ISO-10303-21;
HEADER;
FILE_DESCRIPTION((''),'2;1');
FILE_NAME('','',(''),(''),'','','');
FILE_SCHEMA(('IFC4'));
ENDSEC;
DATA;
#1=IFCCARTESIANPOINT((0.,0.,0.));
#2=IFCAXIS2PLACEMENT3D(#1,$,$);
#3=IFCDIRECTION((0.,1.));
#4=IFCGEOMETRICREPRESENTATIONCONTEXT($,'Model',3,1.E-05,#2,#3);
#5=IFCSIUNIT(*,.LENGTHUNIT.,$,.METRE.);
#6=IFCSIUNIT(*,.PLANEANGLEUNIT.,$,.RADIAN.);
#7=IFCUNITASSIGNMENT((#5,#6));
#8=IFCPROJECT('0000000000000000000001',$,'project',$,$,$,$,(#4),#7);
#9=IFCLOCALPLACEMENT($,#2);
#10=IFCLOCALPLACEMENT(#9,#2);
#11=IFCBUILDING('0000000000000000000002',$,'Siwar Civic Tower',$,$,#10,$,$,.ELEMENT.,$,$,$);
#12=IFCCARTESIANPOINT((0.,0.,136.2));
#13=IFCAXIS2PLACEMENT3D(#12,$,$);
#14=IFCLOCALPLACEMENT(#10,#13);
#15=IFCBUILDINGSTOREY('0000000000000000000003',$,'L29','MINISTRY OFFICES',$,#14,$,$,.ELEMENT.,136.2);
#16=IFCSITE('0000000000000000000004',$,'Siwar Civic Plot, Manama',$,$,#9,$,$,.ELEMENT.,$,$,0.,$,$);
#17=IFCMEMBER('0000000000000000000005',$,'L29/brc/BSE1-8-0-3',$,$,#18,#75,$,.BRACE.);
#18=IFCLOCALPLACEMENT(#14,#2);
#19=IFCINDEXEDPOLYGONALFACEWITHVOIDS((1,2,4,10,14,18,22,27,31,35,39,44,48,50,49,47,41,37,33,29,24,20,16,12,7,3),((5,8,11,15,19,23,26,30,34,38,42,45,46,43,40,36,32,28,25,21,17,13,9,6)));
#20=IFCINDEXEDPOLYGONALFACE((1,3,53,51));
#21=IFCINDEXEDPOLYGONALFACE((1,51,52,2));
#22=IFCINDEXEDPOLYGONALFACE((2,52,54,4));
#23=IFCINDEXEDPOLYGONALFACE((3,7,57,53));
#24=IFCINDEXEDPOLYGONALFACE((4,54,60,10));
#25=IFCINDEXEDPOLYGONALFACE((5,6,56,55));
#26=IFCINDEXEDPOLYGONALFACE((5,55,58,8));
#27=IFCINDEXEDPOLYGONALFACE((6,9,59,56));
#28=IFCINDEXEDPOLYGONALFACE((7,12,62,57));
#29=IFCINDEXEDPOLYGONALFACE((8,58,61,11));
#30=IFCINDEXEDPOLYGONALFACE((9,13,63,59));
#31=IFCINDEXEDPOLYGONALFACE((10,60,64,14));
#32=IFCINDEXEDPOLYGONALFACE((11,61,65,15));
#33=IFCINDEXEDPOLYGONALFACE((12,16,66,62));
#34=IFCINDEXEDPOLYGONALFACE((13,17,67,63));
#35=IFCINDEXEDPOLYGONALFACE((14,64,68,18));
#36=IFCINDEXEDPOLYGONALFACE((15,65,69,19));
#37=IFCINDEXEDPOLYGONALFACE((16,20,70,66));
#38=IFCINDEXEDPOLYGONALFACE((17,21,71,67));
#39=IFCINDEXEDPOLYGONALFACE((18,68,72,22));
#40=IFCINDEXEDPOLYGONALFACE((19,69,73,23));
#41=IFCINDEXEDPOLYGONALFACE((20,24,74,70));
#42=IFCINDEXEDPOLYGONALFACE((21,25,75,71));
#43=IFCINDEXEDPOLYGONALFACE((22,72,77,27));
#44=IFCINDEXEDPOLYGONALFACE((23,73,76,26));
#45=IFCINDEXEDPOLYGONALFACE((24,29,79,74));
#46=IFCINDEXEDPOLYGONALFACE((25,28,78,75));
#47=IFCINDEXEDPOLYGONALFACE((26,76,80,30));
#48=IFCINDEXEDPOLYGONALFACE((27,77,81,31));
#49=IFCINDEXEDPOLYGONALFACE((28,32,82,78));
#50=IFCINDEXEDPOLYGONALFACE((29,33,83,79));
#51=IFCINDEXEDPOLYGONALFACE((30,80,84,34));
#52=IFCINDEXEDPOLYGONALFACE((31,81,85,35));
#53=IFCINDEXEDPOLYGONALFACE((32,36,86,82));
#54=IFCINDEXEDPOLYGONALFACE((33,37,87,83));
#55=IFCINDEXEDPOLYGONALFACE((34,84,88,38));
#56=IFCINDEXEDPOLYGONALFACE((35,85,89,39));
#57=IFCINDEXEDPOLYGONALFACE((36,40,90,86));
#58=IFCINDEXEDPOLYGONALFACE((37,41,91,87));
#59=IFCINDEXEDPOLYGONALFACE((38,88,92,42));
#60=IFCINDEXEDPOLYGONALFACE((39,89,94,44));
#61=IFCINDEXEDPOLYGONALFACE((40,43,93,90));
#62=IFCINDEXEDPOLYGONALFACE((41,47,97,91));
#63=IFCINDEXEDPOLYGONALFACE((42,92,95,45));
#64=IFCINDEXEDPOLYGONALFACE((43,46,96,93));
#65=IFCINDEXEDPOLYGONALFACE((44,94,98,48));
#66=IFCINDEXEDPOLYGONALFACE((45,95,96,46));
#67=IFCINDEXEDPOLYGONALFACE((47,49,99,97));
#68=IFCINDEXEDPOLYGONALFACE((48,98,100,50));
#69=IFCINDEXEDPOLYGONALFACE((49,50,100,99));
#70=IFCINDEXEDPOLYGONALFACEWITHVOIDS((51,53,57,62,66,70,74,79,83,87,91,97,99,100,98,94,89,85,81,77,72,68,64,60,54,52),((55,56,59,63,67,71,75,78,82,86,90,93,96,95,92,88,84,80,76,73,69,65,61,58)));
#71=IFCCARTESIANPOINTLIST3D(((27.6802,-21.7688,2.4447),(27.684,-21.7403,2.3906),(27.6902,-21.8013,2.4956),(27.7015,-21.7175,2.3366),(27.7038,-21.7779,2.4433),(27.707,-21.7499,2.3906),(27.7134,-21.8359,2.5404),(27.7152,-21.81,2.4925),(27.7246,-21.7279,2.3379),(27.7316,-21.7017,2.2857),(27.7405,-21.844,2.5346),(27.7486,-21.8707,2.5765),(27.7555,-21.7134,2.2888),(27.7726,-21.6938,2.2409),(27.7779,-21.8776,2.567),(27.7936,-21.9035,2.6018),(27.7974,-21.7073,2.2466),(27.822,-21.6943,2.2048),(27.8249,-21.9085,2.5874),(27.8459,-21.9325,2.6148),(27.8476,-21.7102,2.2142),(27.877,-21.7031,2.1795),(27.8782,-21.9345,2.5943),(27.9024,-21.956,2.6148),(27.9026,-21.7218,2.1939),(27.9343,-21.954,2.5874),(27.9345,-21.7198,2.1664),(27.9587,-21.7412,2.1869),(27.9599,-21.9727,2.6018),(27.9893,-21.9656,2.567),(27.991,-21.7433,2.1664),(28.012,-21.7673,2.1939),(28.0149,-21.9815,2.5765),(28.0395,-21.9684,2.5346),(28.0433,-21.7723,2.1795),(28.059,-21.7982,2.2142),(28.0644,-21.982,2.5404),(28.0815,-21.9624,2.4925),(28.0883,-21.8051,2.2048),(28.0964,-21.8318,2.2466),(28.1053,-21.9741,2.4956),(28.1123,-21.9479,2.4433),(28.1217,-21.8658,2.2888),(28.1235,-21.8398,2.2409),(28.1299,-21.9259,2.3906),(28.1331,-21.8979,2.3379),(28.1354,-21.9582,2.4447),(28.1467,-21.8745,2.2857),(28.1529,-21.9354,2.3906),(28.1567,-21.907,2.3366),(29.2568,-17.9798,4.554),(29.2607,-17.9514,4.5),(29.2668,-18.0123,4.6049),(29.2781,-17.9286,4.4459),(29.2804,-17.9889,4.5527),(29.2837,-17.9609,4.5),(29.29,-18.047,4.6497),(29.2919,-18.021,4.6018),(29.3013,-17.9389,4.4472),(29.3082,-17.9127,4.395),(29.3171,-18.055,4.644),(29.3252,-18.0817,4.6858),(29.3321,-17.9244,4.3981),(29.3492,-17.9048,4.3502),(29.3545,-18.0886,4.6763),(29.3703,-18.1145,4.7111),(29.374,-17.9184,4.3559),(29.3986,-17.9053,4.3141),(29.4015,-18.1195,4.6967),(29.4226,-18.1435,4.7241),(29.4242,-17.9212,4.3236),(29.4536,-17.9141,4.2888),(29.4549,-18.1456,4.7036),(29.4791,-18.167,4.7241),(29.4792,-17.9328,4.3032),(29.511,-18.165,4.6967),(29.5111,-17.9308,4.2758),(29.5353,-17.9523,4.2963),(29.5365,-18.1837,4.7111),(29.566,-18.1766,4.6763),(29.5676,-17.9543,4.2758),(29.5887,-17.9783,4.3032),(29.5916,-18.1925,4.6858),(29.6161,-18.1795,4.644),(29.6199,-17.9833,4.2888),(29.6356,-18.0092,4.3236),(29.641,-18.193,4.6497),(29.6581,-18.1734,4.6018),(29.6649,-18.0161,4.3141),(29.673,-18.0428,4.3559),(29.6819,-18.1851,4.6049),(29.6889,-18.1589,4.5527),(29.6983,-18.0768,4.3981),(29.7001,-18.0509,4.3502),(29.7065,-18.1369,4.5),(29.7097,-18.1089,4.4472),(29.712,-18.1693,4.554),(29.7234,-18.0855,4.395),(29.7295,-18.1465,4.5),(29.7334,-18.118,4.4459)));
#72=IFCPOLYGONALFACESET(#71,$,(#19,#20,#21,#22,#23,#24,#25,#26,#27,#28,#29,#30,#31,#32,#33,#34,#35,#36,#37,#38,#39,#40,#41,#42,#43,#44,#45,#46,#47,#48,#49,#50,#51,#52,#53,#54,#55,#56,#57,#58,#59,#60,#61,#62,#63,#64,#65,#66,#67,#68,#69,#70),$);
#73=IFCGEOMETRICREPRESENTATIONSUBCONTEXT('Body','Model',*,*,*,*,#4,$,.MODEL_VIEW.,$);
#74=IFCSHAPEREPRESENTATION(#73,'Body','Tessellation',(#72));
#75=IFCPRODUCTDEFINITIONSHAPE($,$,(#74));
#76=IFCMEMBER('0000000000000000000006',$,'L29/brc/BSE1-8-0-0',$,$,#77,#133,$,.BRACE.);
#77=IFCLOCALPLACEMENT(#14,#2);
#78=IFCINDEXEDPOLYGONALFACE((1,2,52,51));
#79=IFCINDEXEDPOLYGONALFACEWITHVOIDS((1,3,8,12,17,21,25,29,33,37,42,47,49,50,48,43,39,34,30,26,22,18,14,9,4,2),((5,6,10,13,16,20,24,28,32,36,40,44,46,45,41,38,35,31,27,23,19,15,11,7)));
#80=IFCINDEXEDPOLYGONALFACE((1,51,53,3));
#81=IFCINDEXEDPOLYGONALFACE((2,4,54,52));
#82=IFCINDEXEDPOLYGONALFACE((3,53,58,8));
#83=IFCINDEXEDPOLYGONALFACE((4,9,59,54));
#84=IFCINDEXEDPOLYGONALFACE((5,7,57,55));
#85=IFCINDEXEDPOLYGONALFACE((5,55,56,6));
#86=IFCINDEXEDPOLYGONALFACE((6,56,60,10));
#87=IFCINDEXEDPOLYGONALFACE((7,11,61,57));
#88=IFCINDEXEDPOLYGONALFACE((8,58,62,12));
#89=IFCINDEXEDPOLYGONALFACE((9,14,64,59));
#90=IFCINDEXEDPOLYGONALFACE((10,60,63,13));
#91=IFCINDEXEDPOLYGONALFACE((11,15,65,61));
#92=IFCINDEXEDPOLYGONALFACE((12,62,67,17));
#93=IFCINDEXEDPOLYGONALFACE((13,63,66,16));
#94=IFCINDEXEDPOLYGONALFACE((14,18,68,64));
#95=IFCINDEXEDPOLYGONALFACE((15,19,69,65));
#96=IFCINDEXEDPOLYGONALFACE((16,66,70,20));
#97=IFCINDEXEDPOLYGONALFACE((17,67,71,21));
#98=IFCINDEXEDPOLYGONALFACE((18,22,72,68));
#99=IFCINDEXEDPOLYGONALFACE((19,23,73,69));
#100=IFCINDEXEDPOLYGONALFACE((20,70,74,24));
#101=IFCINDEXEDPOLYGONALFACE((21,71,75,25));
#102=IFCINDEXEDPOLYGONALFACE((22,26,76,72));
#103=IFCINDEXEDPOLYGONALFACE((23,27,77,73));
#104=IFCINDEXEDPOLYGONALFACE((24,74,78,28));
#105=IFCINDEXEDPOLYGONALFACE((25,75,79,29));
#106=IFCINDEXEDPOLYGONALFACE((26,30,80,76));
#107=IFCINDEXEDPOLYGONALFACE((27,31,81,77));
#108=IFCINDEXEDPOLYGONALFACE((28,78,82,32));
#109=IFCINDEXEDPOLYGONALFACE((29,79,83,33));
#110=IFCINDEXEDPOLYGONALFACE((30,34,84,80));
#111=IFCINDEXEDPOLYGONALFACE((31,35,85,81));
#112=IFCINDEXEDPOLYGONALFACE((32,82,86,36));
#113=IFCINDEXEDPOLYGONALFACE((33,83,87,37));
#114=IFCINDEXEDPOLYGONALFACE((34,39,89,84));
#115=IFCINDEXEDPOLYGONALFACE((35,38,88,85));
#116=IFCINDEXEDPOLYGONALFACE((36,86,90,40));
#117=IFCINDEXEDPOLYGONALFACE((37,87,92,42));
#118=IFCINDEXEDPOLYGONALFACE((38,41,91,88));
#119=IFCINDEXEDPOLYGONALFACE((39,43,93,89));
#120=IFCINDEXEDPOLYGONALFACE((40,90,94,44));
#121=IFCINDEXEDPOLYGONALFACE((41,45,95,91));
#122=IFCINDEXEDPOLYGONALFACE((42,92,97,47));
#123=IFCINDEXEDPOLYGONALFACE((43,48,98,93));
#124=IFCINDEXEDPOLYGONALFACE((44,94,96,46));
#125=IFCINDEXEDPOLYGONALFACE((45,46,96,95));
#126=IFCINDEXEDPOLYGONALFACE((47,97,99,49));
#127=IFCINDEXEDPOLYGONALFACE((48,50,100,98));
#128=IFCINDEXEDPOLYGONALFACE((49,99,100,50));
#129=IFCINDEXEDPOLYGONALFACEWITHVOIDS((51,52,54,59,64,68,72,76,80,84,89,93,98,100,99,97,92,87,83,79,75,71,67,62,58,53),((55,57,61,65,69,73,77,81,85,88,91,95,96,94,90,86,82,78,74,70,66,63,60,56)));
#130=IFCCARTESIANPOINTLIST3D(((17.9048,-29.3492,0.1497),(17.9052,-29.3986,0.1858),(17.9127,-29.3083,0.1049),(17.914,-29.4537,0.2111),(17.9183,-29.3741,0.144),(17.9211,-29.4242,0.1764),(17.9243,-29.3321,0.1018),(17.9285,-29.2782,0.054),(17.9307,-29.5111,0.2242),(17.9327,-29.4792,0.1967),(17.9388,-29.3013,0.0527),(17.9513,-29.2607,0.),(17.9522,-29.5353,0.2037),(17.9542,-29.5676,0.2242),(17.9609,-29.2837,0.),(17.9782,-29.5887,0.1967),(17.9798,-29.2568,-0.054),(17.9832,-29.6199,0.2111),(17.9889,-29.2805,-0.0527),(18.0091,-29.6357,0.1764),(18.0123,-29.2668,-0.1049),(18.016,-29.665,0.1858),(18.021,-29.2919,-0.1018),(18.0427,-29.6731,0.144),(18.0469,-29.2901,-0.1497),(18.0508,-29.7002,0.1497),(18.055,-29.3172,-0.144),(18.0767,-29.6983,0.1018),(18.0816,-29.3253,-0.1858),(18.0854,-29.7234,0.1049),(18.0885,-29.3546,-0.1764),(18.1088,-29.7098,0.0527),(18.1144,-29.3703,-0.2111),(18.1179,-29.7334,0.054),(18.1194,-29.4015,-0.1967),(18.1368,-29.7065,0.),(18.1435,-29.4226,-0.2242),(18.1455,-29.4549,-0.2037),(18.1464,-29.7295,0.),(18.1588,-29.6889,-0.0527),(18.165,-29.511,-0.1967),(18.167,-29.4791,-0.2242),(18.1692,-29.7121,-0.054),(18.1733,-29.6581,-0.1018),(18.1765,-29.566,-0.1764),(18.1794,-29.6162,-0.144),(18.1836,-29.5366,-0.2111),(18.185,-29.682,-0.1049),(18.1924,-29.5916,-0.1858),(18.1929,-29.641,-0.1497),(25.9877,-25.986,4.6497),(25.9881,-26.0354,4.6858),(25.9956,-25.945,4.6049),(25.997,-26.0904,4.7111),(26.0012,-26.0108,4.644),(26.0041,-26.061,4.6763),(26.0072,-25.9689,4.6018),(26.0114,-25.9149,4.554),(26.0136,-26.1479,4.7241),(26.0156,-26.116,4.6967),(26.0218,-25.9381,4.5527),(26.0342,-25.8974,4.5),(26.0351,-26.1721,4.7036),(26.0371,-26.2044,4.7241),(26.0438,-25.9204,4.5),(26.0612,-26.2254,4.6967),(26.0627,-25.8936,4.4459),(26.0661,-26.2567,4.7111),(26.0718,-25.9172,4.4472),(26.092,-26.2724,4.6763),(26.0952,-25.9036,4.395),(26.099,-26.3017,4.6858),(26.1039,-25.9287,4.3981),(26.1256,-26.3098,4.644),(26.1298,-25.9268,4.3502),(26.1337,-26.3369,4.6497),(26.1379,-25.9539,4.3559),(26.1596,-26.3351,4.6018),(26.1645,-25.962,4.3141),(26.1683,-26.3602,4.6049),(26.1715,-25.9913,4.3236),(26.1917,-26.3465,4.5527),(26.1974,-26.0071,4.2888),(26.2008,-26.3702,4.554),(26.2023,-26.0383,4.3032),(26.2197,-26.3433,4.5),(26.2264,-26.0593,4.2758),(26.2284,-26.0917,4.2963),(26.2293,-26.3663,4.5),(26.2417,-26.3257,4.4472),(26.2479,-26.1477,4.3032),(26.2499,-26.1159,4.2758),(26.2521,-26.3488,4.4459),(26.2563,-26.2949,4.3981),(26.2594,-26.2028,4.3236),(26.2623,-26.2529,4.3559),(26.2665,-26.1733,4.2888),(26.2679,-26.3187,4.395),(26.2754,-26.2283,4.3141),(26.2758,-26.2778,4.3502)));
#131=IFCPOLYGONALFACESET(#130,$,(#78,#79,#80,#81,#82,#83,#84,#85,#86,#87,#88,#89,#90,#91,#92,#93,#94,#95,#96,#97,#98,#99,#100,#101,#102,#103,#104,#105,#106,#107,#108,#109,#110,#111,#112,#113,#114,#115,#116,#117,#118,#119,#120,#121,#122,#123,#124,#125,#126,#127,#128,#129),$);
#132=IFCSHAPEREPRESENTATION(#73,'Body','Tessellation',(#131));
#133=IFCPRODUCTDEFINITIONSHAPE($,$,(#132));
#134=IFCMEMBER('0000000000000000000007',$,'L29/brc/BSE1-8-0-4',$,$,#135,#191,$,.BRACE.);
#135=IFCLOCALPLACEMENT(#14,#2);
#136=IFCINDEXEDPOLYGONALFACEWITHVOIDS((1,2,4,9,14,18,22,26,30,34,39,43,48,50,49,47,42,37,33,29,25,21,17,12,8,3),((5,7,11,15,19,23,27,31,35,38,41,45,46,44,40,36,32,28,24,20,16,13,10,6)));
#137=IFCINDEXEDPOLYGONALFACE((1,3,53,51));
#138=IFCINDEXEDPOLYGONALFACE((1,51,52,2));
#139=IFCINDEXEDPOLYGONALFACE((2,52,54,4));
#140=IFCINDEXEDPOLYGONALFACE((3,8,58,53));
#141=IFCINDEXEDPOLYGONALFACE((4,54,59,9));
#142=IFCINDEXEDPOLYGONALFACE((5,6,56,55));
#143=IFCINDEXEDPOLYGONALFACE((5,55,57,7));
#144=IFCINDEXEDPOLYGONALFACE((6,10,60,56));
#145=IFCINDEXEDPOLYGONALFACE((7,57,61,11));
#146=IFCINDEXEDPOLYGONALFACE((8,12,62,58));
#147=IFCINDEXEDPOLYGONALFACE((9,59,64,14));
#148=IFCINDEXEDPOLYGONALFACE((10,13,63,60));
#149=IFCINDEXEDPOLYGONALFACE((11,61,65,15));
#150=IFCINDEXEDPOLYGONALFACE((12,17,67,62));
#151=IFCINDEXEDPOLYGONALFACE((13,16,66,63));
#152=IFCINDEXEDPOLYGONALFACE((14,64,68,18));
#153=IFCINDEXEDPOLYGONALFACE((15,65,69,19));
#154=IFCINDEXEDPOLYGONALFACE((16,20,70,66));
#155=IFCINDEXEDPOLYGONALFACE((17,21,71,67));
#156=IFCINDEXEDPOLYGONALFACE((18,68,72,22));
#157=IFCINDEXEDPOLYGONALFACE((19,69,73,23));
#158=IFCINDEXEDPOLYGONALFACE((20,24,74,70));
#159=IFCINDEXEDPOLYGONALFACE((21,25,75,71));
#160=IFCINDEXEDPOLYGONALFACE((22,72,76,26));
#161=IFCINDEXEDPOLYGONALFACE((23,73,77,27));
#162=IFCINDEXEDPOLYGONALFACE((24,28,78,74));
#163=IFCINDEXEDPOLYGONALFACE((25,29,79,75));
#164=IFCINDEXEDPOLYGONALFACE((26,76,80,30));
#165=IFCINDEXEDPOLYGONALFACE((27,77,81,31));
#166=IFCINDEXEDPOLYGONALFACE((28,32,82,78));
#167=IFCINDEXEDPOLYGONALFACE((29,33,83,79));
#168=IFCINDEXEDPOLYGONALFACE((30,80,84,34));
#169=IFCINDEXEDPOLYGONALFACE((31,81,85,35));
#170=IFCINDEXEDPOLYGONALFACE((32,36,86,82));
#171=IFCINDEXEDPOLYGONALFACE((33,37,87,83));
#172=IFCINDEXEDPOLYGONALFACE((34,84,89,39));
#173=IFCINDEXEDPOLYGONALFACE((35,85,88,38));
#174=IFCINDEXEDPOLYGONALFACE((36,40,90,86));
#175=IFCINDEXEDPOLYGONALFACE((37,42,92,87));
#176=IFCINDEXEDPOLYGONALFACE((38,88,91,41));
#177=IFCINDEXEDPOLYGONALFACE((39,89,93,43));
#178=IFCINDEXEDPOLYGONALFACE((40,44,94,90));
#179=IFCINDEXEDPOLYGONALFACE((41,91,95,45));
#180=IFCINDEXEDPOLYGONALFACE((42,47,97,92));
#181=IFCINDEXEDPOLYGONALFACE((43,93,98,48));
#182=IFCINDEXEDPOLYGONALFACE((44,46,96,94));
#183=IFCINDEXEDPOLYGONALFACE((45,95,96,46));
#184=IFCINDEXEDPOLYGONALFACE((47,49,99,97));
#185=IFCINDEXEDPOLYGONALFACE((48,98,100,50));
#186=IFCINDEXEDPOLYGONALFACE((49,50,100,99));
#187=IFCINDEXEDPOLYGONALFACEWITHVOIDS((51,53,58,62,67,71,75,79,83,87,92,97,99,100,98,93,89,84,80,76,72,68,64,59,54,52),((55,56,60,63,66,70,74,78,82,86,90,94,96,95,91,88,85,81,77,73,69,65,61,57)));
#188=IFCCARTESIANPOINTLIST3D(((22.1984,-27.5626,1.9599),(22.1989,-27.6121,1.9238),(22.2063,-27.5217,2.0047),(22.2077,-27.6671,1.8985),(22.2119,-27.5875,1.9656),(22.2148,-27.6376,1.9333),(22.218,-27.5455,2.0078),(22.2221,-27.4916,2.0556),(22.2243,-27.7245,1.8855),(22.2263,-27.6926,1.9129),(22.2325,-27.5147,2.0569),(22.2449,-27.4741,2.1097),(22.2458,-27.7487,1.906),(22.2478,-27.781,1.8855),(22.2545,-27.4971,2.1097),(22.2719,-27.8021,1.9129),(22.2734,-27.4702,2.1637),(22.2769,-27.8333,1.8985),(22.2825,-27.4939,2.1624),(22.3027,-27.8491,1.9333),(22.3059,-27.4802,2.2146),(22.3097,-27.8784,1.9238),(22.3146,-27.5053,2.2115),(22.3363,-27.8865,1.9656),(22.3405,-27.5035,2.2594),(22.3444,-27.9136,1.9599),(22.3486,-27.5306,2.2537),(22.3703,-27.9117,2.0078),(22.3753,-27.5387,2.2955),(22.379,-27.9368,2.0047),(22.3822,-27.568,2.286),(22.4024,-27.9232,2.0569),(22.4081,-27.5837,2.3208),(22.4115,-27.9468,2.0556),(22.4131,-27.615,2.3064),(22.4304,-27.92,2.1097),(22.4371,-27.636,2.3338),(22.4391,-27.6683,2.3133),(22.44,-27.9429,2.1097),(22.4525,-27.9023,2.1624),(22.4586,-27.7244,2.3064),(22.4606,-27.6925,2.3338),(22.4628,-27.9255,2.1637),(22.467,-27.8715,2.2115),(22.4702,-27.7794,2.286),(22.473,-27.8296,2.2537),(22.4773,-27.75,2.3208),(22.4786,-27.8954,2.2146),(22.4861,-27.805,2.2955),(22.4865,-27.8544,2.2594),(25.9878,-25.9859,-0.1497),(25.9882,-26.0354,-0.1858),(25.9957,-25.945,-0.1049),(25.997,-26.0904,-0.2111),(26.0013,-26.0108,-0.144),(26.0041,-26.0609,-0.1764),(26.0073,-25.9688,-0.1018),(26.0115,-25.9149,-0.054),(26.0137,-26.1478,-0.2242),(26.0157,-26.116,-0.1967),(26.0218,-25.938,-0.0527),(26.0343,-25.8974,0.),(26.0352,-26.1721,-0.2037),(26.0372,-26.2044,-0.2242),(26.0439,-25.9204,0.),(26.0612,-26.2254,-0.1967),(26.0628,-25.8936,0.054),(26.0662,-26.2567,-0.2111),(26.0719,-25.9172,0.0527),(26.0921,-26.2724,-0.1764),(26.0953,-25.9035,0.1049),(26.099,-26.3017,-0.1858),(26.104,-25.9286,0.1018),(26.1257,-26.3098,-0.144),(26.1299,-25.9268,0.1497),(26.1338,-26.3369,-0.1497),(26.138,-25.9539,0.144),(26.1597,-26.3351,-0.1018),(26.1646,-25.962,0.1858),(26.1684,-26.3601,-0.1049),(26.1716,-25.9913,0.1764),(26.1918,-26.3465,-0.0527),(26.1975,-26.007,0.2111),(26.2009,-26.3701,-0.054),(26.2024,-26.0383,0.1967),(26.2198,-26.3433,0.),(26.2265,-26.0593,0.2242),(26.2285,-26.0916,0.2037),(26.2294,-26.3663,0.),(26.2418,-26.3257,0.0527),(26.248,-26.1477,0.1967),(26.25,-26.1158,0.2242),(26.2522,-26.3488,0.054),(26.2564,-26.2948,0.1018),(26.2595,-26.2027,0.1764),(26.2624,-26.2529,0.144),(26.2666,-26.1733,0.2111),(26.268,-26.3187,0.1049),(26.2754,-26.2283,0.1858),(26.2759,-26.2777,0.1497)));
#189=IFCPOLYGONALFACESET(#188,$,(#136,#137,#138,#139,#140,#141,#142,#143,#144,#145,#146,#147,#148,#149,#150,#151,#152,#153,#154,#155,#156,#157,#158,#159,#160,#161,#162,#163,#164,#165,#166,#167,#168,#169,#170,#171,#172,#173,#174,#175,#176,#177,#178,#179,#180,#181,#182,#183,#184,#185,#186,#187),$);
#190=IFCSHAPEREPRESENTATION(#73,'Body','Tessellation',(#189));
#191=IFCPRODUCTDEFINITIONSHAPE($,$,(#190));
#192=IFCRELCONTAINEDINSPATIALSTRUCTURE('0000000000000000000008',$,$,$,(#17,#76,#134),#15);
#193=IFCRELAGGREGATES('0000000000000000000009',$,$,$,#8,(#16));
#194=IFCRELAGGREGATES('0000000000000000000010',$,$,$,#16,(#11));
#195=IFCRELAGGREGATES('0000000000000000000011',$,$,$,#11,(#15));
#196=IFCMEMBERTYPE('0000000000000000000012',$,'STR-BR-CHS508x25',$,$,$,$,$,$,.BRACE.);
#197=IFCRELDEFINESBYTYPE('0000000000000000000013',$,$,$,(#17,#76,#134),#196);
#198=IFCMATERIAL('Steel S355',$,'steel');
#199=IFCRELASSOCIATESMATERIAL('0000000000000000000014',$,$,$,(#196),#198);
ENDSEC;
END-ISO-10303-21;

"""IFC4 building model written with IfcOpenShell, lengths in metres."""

from ifc_helpers import new_model, si_unit, direction, frame, origin, origin_2d, place, context, subcontext, project, spatial, hollow_circle, extrude, material, material_profile, profile_set, type_object, element, save


model = new_model("IFC4")

# Units and contexts
model_context = context("Model", 3, precision=1e-05, world=origin(), true_north=direction((0.0, 1.0)))
body_context = subcontext(model_context, "Body", "Model", "MODEL_VIEW")
ifc_project = project(units=[si_unit("LENGTHUNIT", "METRE"), si_unit("PLANEANGLEUNIT", "RADIAN")], contexts=[model_context])

# Site, building, storey
site_placement = place(None, origin())
site = spatial("IfcSite", under=ifc_project, at=site_placement, Name="Siwar Civic Plot, Manama", CompositionType="ELEMENT", RefElevation=0.0)
building_placement = place(site_placement, origin())
building = spatial("IfcBuilding", under=site, at=building_placement, Name="Siwar Civic Tower", CompositionType="ELEMENT")
storey_placement = place(building_placement, frame((0.0, 0.0, 136.2)))
storey = spatial("IfcBuildingStorey", under=building, at=storey_placement, Name="L29", Description="MINISTRY OFFICES", CompositionType="ELEMENT", Elevation=136.2)

# Members
ifc_material_1 = material(Name="Steel S355", Category="steel")
ifc_material_profile_1 = material_profile(ifc_material_1, hollow_circle(Radius=0.2539, WallThickness=0.0249, at=origin_2d()), Name="CHS508x25")
ifc_profile_set_1 = profile_set([ifc_material_profile_1], Name="Steel S355")
member_type_1 = type_object("IfcMemberType", Name="STR-BR-CHS508x25", PredefinedType="BRACE", material=ifc_profile_set_1)
member_1_placement = place(storey_placement, frame((27.9185, -21.8379, 2.3906), z_axis=(0.341686, 0.821146, 0.457133), x_axis=(-0.92326, 0.384176, 0.0)))
element("IfcMember", 1, at=member_1_placement, inside=storey, type_object=member_type_1, Name="L29/brc/BSE1-8-0-3", PredefinedType="BRACE", context=body_context, shape_type="SweptSolid", body=[
    extrude(hollow_circle(Radius=0.2539, WallThickness=0.0249, at=origin_2d()), origin(), (0.0, 0.0, 1.0), 4.6143),
])
member_2_placement = place(storey_placement, frame((18.0488, -29.4951, 0.0), z_axis=(0.821143, 0.341671, 0.457149), x_axis=(-0.384164, 0.923265, 0.0)))
element("IfcMember", 2, at=member_2_placement, inside=storey, type_object=member_type_1, Name="L29/brc/BSE1-8-0-0", PredefinedType="BRACE", context=body_context, shape_type="SweptSolid", body=[
    extrude(hollow_circle(Radius=0.2539, WallThickness=0.0249, at=origin_2d()), origin(), (0.0, 0.0, 1.0), 9.8435),
])
member_3_placement = place(storey_placement, frame((26.1318, -26.1318, 0.0), z_axis=(-0.821143, -0.341662, 0.457155), x_axis=(0.384155, -0.923269, 0.0)))
element("IfcMember", 3, at=member_3_placement, inside=storey, type_object=member_type_1, Name="L29/brc/BSE1-8-0-4", PredefinedType="BRACE", context=body_context, shape_type="SweptSolid", body=[
    extrude(hollow_circle(Radius=0.2539, WallThickness=0.0249, at=origin_2d()), origin(), (0.0, 0.0, 1.0), 4.6147),
])

save(model, "model.ifc")
